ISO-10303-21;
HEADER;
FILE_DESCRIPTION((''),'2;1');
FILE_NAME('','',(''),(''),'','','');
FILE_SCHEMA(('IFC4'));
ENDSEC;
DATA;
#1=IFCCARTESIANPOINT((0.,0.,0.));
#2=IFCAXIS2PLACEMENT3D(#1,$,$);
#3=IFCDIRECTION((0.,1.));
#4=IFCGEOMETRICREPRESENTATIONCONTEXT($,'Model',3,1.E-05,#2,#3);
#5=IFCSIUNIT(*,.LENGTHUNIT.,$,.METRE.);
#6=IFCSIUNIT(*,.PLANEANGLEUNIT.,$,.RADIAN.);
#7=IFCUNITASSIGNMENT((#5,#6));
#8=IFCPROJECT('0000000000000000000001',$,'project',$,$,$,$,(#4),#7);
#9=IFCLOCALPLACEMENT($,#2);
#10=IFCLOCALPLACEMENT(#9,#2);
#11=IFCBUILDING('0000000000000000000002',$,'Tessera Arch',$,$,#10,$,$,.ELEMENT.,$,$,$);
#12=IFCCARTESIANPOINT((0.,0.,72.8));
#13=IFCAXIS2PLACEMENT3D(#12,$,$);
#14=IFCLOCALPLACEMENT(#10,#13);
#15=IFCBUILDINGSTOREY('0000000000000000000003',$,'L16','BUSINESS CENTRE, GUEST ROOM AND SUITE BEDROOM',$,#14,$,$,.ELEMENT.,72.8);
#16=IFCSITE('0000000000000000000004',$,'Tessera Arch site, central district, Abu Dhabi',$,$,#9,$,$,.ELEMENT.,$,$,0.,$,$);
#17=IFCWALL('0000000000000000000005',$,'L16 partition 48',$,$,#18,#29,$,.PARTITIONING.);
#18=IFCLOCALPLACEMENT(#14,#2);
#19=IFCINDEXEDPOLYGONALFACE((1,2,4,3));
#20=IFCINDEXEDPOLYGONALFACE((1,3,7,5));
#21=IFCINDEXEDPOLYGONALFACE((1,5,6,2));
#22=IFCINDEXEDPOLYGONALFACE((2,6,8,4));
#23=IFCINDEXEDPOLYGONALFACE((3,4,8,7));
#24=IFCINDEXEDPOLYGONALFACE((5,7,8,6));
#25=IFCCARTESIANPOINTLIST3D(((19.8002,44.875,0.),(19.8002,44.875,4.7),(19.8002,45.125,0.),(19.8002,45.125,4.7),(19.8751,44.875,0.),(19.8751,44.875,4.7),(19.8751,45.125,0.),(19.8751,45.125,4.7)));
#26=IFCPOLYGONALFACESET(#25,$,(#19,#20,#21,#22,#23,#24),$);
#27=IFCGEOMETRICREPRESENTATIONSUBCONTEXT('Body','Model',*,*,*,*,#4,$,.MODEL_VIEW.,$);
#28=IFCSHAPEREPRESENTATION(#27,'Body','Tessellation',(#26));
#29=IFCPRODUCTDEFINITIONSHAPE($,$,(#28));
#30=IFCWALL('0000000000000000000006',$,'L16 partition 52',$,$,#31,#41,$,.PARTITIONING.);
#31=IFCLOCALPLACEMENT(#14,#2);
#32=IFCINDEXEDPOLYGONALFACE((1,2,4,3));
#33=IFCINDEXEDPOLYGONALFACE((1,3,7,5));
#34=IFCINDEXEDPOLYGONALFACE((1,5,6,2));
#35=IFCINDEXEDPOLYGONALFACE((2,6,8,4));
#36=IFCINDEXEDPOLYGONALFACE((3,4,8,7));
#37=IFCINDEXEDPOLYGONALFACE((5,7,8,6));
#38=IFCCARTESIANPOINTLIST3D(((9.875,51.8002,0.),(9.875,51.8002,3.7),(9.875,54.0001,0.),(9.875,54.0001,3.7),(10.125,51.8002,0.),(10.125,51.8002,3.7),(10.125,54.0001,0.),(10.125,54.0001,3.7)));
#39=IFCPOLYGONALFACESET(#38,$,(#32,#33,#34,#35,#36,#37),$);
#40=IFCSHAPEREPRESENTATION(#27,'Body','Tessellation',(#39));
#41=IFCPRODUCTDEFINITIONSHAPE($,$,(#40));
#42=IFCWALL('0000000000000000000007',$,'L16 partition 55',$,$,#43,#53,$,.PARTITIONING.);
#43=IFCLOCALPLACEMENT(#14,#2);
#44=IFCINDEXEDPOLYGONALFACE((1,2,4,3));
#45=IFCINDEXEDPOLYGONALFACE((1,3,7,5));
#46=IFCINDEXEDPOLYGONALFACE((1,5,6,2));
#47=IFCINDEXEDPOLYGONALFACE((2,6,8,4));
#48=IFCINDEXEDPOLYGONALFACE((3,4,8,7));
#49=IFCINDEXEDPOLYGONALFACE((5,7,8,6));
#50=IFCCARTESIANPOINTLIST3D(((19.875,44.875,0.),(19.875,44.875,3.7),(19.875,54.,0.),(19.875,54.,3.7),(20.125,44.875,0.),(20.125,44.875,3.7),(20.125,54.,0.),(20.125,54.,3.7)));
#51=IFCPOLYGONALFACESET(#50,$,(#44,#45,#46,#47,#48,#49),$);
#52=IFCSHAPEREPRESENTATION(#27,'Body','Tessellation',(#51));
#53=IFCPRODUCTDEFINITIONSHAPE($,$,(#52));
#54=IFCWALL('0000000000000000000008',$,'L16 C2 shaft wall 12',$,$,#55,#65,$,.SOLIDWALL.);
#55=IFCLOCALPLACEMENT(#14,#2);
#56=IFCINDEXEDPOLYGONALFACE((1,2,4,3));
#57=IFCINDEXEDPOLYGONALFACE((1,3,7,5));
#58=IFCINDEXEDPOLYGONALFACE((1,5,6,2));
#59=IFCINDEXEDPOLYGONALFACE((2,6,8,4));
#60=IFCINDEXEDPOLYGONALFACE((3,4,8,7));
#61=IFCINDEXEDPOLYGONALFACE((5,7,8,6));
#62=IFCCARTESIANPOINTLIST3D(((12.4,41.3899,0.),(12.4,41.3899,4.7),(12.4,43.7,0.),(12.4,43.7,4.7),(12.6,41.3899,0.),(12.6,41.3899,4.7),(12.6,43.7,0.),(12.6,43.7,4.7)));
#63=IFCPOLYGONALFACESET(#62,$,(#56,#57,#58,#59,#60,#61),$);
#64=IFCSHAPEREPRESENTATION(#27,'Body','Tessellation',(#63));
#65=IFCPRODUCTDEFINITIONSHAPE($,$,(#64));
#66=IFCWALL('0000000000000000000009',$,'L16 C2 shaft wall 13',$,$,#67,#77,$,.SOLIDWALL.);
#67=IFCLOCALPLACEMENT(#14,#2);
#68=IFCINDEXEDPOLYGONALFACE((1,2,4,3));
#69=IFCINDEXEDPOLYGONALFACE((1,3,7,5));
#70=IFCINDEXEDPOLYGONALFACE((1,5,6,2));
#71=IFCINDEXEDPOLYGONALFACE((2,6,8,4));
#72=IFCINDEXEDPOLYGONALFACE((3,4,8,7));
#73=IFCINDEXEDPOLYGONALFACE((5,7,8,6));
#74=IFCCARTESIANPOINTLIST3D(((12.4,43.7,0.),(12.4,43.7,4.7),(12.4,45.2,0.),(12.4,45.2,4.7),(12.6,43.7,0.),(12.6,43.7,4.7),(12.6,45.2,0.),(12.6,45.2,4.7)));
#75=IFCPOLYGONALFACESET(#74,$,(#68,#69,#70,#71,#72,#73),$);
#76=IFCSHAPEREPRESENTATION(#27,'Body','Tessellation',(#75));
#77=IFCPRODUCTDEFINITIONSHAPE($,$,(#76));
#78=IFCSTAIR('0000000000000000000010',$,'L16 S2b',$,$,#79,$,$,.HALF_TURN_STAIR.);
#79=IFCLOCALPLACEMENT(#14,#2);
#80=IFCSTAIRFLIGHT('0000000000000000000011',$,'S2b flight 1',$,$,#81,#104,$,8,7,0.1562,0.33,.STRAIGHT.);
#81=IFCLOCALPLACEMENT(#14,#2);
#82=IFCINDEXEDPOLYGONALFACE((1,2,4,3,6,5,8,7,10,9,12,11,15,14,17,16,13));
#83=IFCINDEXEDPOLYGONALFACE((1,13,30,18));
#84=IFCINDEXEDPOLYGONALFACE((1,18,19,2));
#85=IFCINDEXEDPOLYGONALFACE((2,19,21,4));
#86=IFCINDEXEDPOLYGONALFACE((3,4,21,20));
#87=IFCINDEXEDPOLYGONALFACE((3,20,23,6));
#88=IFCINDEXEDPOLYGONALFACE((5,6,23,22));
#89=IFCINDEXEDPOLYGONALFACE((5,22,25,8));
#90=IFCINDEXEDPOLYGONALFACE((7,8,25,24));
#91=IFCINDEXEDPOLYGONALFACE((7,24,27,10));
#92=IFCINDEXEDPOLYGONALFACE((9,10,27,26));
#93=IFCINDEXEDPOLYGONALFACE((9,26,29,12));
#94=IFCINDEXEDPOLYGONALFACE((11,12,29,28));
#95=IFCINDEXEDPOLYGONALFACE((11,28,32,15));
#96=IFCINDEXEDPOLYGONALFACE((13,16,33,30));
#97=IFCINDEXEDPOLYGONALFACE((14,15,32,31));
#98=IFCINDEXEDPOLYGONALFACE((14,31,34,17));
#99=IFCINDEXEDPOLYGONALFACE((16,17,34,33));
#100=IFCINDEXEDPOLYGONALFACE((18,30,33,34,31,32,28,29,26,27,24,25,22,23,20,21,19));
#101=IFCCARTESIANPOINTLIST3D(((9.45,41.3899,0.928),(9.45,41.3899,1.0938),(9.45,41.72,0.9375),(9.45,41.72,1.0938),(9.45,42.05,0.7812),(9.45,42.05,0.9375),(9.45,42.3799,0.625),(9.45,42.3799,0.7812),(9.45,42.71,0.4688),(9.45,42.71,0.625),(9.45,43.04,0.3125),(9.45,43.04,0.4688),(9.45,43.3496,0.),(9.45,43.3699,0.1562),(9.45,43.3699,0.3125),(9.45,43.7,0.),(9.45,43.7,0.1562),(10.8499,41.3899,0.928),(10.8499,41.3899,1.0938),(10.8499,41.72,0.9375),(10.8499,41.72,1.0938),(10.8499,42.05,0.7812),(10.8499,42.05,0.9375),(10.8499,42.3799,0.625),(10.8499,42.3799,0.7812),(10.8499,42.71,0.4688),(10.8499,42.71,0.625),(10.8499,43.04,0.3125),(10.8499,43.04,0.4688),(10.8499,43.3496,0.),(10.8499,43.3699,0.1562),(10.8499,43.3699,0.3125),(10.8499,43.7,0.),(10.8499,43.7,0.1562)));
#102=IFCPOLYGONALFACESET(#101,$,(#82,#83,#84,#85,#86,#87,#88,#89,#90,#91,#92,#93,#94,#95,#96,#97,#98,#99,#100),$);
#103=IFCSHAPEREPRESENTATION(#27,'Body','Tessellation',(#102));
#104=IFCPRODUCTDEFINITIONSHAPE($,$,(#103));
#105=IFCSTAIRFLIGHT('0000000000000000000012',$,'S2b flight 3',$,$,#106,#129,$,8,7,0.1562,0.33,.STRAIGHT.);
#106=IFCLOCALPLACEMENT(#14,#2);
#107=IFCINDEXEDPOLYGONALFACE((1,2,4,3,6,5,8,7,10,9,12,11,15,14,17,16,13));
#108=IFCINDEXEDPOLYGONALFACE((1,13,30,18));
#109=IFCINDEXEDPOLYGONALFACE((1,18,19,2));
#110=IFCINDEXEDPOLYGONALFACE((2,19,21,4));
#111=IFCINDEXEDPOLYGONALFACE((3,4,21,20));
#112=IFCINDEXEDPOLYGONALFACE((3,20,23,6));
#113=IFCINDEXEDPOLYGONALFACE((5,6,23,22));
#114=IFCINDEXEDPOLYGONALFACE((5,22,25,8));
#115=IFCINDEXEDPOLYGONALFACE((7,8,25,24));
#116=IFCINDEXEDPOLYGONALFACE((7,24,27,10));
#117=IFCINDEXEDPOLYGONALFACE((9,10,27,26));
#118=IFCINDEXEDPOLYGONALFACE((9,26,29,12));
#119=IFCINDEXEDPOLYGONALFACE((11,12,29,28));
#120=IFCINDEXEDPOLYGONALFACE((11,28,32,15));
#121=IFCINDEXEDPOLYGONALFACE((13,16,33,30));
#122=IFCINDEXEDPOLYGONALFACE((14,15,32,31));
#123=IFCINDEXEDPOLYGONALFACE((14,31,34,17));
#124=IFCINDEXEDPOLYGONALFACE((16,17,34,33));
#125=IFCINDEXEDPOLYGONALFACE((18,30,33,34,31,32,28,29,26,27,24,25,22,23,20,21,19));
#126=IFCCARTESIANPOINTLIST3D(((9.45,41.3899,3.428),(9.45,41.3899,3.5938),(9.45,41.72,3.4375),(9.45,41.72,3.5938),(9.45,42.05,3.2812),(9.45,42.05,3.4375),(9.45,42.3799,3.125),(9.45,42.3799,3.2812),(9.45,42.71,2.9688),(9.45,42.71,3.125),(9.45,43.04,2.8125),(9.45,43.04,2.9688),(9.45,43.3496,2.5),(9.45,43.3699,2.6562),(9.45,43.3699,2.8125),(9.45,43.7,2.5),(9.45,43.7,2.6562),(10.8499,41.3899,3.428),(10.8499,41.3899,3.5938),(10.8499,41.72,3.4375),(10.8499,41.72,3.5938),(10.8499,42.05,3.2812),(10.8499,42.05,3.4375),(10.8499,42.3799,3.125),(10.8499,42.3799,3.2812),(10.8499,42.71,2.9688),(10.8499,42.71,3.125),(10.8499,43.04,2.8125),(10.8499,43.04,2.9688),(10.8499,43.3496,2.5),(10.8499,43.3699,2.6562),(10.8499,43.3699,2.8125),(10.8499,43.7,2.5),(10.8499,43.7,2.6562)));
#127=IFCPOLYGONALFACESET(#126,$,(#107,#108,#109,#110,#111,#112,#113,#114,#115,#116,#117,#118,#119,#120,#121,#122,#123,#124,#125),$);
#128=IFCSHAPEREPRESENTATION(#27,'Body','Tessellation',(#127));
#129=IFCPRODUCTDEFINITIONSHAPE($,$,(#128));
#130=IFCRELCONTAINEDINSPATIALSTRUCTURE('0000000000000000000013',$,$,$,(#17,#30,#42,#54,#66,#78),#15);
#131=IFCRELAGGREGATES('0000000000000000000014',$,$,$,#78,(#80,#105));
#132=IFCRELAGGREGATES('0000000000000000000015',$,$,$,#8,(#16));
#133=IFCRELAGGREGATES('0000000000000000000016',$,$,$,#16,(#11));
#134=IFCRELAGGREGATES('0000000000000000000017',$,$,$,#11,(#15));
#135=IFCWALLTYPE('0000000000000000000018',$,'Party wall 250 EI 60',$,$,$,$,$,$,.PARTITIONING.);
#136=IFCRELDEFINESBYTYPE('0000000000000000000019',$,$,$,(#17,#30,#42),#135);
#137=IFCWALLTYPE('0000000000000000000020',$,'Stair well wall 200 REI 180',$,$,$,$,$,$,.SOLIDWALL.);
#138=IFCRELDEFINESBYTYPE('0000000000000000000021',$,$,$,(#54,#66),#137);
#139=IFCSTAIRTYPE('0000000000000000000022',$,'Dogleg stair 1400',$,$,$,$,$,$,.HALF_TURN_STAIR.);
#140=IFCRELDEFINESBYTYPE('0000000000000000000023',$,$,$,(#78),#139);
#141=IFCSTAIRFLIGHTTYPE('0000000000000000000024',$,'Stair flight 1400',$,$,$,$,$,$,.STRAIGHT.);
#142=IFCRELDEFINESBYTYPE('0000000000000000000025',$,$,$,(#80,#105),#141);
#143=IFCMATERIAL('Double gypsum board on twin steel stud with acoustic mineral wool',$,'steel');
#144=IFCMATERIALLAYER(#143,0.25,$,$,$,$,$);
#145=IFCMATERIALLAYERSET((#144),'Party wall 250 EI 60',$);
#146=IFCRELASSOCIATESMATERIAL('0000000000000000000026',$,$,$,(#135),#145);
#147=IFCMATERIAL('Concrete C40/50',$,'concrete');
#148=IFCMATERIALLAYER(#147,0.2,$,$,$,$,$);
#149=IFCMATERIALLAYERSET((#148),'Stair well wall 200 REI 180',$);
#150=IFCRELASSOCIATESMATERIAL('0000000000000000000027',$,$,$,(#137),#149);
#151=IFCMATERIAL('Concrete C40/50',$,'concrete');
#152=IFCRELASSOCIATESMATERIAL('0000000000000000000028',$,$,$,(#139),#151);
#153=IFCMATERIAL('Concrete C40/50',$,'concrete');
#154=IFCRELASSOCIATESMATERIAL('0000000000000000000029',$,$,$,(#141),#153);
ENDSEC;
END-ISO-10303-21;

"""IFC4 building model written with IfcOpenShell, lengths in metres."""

from ifc_helpers import new_model, si_unit, direction, frame, frame_2d, origin, place, context, subcontext, project, spatial, polyline, rectangle, outline, extrude, material, layer, layer_set, type_object, element, aggregate, save


model = new_model("IFC4")

# Units and contexts
model_context = context("Model", 3, precision=1e-05, world=origin(), true_north=direction((0.0, 1.0)))
body_context = subcontext(model_context, "Body", "Model", "MODEL_VIEW")
ifc_project = project(units=[si_unit("LENGTHUNIT", "METRE"), si_unit("PLANEANGLEUNIT", "RADIAN")], contexts=[model_context])

# Site, building, storey
site_placement = place(None, origin())
site = spatial("IfcSite", under=ifc_project, at=site_placement, Name="Tessera Arch site, central district, Abu Dhabi", CompositionType="ELEMENT", RefElevation=0.0)
building_placement = place(site_placement, origin())
building = spatial("IfcBuilding", under=site, at=building_placement, Name="Tessera Arch", CompositionType="ELEMENT")
storey_placement = place(building_placement, frame((0.0, 0.0, 72.8)))
storey = spatial("IfcBuildingStorey", under=building, at=storey_placement, Name="L16", Description="BUSINESS CENTRE, GUEST ROOM AND SUITE BEDROOM", CompositionType="ELEMENT", Elevation=72.8)

# Walls
ifc_material_1 = material(Name="Double gypsum board on twin steel stud with acoustic mineral wool", Category="steel")
ifc_layer_1 = layer(ifc_material_1, 0.25)
ifc_layer_set_1 = layer_set([ifc_layer_1], Name="Party wall 250 EI 60")
wall_type_1 = type_object("IfcWallType", Name="Party wall 250 EI 60", PredefinedType="PARTITIONING", material=ifc_layer_set_1)
wall_1_placement = place(storey_placement, frame((19.8, 45.0, 0.0), z_axis=(0.0, 0.0, 1.0), x_axis=(1.0, 0.0, 0.0)))
element("IfcWall", 1, at=wall_1_placement, inside=storey, type_object=wall_type_1, Name="L16 partition 48", PredefinedType="PARTITIONING", context=body_context, shape_type="SweptSolid", body=[
    extrude(rectangle(XDim=0.075, YDim=0.25, at=frame_2d((0.0376, 0.0))), origin(), (0.0, 0.0, 1.0), 4.7),
])
wall_2_placement = place(storey_placement, frame((10.0, 51.8, 0.0), z_axis=(0.0, 0.0, 1.0), x_axis=(0.0, 1.0, 0.0)))
element("IfcWall", 2, at=wall_2_placement, inside=storey, type_object=wall_type_1, Name="L16 partition 52", PredefinedType="PARTITIONING", context=body_context, shape_type="SweptSolid", body=[
    extrude(rectangle(XDim=2.2, YDim=0.25, at=frame_2d((1.1001, 0.0))), origin(), (0.0, 0.0, 1.0), 3.7),
])
wall_3_placement = place(storey_placement, frame((20.0, 44.875, 0.0), z_axis=(0.0, 0.0, 1.0), x_axis=(0.0, 1.0, 0.0)))
element("IfcWall", 3, at=wall_3_placement, inside=storey, type_object=wall_type_1, Name="L16 partition 55", PredefinedType="PARTITIONING", context=body_context, shape_type="SweptSolid", body=[
    extrude(rectangle(XDim=9.125, YDim=0.25, at=frame_2d((4.5625, 0.0))), origin(), (0.0, 0.0, 1.0), 3.7),
])
ifc_material_2 = material(Name="Concrete C40/50", Category="concrete")
ifc_layer_2 = layer(ifc_material_2, 0.2)
ifc_layer_set_2 = layer_set([ifc_layer_2], Name="Stair well wall 200 REI 180")
wall_type_2 = type_object("IfcWallType", Name="Stair well wall 200 REI 180", PredefinedType="SOLIDWALL", material=ifc_layer_set_2)
wall_4_placement = place(storey_placement, frame((12.5, 41.3899, 0.0), z_axis=(0.0, 0.0, 1.0), x_axis=(0.0, 1.0, 0.0)))
element("IfcWall", 4, at=wall_4_placement, inside=storey, type_object=wall_type_2, Name="L16 C2 shaft wall 12", PredefinedType="SOLIDWALL", context=body_context, shape_type="SweptSolid", body=[
    extrude(rectangle(XDim=2.3101, YDim=0.2, at=frame_2d((1.155, 0.0))), origin(), (0.0, 0.0, 1.0), 4.7),
])
wall_5_placement = place(storey_placement, frame((12.5, 43.7, 0.0), z_axis=(0.0, 0.0, 1.0), x_axis=(0.0, 1.0, 0.0)))
element("IfcWall", 5, at=wall_5_placement, inside=storey, type_object=wall_type_2, Name="L16 C2 shaft wall 13", PredefinedType="SOLIDWALL", context=body_context, shape_type="SweptSolid", body=[
    extrude(rectangle(XDim=1.5, YDim=0.2, at=frame_2d((0.75, 0.0))), origin(), (0.0, 0.0, 1.0), 4.7),
])

# Stair, stair flights
ifc_material_3 = material(Name="Concrete C40/50", Category="concrete")
stair_type = type_object("IfcStairType", Name="Dogleg stair 1400", PredefinedType="HALF_TURN_STAIR", material=ifc_material_3)
stair_placement = place(storey_placement, origin())
stair = element("IfcStair", 6, at=stair_placement, inside=storey, type_object=stair_type, Name="L16 S2b", PredefinedType="HALF_TURN_STAIR")
ifc_material_4 = material(Name="Concrete C40/50", Category="concrete")
stair_flight_type = type_object("IfcStairFlightType", Name="Stair flight 1400", PredefinedType="STRAIGHT", material=ifc_material_4)
stair_flight_1_placement = place(storey_placement, frame((10.1499, 43.7, 0.0), z_axis=(0.0, 0.0, 1.0), x_axis=(0.0, -1.0, 0.0)))
stair_flight_1 = element("IfcStairFlight", 7, at=stair_flight_1_placement, type_object=stair_flight_type, Name="S2b flight 1", NumberOfRisers=8, NumberOfTreads=7, PredefinedType="STRAIGHT", RiserHeight=0.1562, TreadLength=0.33, context=body_context, shape_type="SweptSolid", body=[
    extrude(outline(polyline([(0.0, 0.0), (0.0, 0.1562), (0.3301, 0.1562), (0.3301, 0.3125), (0.6599, 0.3125), (0.6599, 0.4688), (0.99, 0.4688), (0.99, 0.625), (1.3201, 0.625), (1.3201, 0.7812), (1.6499, 0.7812), (1.6499, 0.9375), (1.98, 0.9375), (1.98, 1.0938), (2.3101, 1.0938), (2.3101, 1.25), (2.3101, 0.928), (0.3503, 0.0), (0.0, 0.0)])), frame((0.0, 0.7, 0.0), z_axis=(0.0, -1.0, 0.0), x_axis=(1.0, 0.0, 0.0)), (0.0, 0.0, 1.0), 1.3999),
])
stair_flight_2_placement = place(storey_placement, frame((10.1499, 43.7, 2.5), z_axis=(0.0, 0.0, 1.0), x_axis=(0.0, -1.0, 0.0)))
stair_flight_2 = element("IfcStairFlight", 8, at=stair_flight_2_placement, type_object=stair_flight_type, Name="S2b flight 3", NumberOfRisers=8, NumberOfTreads=7, PredefinedType="STRAIGHT", RiserHeight=0.1562, TreadLength=0.33, context=body_context, shape_type="SweptSolid", body=[
    extrude(outline(polyline([(0.0, 0.0), (0.0, 0.1562), (0.3301, 0.1562), (0.3301, 0.3125), (0.6599, 0.3125), (0.6599, 0.4688), (0.99, 0.4688), (0.99, 0.625), (1.3201, 0.625), (1.3201, 0.7812), (1.6499, 0.7812), (1.6499, 0.9375), (1.98, 0.9375), (1.98, 1.0938), (2.3101, 1.0938), (2.3101, 1.25), (2.3101, 0.928), (0.3503, 0.0), (0.0, 0.0)])), frame((0.0, 0.7, 0.0), z_axis=(0.0, -1.0, 0.0), x_axis=(1.0, 0.0, 0.0)), (0.0, 0.0, 1.0), 1.3999),
])
aggregate(stair, [stair_flight_1, stair_flight_2])

save(model, "model.ifc")
